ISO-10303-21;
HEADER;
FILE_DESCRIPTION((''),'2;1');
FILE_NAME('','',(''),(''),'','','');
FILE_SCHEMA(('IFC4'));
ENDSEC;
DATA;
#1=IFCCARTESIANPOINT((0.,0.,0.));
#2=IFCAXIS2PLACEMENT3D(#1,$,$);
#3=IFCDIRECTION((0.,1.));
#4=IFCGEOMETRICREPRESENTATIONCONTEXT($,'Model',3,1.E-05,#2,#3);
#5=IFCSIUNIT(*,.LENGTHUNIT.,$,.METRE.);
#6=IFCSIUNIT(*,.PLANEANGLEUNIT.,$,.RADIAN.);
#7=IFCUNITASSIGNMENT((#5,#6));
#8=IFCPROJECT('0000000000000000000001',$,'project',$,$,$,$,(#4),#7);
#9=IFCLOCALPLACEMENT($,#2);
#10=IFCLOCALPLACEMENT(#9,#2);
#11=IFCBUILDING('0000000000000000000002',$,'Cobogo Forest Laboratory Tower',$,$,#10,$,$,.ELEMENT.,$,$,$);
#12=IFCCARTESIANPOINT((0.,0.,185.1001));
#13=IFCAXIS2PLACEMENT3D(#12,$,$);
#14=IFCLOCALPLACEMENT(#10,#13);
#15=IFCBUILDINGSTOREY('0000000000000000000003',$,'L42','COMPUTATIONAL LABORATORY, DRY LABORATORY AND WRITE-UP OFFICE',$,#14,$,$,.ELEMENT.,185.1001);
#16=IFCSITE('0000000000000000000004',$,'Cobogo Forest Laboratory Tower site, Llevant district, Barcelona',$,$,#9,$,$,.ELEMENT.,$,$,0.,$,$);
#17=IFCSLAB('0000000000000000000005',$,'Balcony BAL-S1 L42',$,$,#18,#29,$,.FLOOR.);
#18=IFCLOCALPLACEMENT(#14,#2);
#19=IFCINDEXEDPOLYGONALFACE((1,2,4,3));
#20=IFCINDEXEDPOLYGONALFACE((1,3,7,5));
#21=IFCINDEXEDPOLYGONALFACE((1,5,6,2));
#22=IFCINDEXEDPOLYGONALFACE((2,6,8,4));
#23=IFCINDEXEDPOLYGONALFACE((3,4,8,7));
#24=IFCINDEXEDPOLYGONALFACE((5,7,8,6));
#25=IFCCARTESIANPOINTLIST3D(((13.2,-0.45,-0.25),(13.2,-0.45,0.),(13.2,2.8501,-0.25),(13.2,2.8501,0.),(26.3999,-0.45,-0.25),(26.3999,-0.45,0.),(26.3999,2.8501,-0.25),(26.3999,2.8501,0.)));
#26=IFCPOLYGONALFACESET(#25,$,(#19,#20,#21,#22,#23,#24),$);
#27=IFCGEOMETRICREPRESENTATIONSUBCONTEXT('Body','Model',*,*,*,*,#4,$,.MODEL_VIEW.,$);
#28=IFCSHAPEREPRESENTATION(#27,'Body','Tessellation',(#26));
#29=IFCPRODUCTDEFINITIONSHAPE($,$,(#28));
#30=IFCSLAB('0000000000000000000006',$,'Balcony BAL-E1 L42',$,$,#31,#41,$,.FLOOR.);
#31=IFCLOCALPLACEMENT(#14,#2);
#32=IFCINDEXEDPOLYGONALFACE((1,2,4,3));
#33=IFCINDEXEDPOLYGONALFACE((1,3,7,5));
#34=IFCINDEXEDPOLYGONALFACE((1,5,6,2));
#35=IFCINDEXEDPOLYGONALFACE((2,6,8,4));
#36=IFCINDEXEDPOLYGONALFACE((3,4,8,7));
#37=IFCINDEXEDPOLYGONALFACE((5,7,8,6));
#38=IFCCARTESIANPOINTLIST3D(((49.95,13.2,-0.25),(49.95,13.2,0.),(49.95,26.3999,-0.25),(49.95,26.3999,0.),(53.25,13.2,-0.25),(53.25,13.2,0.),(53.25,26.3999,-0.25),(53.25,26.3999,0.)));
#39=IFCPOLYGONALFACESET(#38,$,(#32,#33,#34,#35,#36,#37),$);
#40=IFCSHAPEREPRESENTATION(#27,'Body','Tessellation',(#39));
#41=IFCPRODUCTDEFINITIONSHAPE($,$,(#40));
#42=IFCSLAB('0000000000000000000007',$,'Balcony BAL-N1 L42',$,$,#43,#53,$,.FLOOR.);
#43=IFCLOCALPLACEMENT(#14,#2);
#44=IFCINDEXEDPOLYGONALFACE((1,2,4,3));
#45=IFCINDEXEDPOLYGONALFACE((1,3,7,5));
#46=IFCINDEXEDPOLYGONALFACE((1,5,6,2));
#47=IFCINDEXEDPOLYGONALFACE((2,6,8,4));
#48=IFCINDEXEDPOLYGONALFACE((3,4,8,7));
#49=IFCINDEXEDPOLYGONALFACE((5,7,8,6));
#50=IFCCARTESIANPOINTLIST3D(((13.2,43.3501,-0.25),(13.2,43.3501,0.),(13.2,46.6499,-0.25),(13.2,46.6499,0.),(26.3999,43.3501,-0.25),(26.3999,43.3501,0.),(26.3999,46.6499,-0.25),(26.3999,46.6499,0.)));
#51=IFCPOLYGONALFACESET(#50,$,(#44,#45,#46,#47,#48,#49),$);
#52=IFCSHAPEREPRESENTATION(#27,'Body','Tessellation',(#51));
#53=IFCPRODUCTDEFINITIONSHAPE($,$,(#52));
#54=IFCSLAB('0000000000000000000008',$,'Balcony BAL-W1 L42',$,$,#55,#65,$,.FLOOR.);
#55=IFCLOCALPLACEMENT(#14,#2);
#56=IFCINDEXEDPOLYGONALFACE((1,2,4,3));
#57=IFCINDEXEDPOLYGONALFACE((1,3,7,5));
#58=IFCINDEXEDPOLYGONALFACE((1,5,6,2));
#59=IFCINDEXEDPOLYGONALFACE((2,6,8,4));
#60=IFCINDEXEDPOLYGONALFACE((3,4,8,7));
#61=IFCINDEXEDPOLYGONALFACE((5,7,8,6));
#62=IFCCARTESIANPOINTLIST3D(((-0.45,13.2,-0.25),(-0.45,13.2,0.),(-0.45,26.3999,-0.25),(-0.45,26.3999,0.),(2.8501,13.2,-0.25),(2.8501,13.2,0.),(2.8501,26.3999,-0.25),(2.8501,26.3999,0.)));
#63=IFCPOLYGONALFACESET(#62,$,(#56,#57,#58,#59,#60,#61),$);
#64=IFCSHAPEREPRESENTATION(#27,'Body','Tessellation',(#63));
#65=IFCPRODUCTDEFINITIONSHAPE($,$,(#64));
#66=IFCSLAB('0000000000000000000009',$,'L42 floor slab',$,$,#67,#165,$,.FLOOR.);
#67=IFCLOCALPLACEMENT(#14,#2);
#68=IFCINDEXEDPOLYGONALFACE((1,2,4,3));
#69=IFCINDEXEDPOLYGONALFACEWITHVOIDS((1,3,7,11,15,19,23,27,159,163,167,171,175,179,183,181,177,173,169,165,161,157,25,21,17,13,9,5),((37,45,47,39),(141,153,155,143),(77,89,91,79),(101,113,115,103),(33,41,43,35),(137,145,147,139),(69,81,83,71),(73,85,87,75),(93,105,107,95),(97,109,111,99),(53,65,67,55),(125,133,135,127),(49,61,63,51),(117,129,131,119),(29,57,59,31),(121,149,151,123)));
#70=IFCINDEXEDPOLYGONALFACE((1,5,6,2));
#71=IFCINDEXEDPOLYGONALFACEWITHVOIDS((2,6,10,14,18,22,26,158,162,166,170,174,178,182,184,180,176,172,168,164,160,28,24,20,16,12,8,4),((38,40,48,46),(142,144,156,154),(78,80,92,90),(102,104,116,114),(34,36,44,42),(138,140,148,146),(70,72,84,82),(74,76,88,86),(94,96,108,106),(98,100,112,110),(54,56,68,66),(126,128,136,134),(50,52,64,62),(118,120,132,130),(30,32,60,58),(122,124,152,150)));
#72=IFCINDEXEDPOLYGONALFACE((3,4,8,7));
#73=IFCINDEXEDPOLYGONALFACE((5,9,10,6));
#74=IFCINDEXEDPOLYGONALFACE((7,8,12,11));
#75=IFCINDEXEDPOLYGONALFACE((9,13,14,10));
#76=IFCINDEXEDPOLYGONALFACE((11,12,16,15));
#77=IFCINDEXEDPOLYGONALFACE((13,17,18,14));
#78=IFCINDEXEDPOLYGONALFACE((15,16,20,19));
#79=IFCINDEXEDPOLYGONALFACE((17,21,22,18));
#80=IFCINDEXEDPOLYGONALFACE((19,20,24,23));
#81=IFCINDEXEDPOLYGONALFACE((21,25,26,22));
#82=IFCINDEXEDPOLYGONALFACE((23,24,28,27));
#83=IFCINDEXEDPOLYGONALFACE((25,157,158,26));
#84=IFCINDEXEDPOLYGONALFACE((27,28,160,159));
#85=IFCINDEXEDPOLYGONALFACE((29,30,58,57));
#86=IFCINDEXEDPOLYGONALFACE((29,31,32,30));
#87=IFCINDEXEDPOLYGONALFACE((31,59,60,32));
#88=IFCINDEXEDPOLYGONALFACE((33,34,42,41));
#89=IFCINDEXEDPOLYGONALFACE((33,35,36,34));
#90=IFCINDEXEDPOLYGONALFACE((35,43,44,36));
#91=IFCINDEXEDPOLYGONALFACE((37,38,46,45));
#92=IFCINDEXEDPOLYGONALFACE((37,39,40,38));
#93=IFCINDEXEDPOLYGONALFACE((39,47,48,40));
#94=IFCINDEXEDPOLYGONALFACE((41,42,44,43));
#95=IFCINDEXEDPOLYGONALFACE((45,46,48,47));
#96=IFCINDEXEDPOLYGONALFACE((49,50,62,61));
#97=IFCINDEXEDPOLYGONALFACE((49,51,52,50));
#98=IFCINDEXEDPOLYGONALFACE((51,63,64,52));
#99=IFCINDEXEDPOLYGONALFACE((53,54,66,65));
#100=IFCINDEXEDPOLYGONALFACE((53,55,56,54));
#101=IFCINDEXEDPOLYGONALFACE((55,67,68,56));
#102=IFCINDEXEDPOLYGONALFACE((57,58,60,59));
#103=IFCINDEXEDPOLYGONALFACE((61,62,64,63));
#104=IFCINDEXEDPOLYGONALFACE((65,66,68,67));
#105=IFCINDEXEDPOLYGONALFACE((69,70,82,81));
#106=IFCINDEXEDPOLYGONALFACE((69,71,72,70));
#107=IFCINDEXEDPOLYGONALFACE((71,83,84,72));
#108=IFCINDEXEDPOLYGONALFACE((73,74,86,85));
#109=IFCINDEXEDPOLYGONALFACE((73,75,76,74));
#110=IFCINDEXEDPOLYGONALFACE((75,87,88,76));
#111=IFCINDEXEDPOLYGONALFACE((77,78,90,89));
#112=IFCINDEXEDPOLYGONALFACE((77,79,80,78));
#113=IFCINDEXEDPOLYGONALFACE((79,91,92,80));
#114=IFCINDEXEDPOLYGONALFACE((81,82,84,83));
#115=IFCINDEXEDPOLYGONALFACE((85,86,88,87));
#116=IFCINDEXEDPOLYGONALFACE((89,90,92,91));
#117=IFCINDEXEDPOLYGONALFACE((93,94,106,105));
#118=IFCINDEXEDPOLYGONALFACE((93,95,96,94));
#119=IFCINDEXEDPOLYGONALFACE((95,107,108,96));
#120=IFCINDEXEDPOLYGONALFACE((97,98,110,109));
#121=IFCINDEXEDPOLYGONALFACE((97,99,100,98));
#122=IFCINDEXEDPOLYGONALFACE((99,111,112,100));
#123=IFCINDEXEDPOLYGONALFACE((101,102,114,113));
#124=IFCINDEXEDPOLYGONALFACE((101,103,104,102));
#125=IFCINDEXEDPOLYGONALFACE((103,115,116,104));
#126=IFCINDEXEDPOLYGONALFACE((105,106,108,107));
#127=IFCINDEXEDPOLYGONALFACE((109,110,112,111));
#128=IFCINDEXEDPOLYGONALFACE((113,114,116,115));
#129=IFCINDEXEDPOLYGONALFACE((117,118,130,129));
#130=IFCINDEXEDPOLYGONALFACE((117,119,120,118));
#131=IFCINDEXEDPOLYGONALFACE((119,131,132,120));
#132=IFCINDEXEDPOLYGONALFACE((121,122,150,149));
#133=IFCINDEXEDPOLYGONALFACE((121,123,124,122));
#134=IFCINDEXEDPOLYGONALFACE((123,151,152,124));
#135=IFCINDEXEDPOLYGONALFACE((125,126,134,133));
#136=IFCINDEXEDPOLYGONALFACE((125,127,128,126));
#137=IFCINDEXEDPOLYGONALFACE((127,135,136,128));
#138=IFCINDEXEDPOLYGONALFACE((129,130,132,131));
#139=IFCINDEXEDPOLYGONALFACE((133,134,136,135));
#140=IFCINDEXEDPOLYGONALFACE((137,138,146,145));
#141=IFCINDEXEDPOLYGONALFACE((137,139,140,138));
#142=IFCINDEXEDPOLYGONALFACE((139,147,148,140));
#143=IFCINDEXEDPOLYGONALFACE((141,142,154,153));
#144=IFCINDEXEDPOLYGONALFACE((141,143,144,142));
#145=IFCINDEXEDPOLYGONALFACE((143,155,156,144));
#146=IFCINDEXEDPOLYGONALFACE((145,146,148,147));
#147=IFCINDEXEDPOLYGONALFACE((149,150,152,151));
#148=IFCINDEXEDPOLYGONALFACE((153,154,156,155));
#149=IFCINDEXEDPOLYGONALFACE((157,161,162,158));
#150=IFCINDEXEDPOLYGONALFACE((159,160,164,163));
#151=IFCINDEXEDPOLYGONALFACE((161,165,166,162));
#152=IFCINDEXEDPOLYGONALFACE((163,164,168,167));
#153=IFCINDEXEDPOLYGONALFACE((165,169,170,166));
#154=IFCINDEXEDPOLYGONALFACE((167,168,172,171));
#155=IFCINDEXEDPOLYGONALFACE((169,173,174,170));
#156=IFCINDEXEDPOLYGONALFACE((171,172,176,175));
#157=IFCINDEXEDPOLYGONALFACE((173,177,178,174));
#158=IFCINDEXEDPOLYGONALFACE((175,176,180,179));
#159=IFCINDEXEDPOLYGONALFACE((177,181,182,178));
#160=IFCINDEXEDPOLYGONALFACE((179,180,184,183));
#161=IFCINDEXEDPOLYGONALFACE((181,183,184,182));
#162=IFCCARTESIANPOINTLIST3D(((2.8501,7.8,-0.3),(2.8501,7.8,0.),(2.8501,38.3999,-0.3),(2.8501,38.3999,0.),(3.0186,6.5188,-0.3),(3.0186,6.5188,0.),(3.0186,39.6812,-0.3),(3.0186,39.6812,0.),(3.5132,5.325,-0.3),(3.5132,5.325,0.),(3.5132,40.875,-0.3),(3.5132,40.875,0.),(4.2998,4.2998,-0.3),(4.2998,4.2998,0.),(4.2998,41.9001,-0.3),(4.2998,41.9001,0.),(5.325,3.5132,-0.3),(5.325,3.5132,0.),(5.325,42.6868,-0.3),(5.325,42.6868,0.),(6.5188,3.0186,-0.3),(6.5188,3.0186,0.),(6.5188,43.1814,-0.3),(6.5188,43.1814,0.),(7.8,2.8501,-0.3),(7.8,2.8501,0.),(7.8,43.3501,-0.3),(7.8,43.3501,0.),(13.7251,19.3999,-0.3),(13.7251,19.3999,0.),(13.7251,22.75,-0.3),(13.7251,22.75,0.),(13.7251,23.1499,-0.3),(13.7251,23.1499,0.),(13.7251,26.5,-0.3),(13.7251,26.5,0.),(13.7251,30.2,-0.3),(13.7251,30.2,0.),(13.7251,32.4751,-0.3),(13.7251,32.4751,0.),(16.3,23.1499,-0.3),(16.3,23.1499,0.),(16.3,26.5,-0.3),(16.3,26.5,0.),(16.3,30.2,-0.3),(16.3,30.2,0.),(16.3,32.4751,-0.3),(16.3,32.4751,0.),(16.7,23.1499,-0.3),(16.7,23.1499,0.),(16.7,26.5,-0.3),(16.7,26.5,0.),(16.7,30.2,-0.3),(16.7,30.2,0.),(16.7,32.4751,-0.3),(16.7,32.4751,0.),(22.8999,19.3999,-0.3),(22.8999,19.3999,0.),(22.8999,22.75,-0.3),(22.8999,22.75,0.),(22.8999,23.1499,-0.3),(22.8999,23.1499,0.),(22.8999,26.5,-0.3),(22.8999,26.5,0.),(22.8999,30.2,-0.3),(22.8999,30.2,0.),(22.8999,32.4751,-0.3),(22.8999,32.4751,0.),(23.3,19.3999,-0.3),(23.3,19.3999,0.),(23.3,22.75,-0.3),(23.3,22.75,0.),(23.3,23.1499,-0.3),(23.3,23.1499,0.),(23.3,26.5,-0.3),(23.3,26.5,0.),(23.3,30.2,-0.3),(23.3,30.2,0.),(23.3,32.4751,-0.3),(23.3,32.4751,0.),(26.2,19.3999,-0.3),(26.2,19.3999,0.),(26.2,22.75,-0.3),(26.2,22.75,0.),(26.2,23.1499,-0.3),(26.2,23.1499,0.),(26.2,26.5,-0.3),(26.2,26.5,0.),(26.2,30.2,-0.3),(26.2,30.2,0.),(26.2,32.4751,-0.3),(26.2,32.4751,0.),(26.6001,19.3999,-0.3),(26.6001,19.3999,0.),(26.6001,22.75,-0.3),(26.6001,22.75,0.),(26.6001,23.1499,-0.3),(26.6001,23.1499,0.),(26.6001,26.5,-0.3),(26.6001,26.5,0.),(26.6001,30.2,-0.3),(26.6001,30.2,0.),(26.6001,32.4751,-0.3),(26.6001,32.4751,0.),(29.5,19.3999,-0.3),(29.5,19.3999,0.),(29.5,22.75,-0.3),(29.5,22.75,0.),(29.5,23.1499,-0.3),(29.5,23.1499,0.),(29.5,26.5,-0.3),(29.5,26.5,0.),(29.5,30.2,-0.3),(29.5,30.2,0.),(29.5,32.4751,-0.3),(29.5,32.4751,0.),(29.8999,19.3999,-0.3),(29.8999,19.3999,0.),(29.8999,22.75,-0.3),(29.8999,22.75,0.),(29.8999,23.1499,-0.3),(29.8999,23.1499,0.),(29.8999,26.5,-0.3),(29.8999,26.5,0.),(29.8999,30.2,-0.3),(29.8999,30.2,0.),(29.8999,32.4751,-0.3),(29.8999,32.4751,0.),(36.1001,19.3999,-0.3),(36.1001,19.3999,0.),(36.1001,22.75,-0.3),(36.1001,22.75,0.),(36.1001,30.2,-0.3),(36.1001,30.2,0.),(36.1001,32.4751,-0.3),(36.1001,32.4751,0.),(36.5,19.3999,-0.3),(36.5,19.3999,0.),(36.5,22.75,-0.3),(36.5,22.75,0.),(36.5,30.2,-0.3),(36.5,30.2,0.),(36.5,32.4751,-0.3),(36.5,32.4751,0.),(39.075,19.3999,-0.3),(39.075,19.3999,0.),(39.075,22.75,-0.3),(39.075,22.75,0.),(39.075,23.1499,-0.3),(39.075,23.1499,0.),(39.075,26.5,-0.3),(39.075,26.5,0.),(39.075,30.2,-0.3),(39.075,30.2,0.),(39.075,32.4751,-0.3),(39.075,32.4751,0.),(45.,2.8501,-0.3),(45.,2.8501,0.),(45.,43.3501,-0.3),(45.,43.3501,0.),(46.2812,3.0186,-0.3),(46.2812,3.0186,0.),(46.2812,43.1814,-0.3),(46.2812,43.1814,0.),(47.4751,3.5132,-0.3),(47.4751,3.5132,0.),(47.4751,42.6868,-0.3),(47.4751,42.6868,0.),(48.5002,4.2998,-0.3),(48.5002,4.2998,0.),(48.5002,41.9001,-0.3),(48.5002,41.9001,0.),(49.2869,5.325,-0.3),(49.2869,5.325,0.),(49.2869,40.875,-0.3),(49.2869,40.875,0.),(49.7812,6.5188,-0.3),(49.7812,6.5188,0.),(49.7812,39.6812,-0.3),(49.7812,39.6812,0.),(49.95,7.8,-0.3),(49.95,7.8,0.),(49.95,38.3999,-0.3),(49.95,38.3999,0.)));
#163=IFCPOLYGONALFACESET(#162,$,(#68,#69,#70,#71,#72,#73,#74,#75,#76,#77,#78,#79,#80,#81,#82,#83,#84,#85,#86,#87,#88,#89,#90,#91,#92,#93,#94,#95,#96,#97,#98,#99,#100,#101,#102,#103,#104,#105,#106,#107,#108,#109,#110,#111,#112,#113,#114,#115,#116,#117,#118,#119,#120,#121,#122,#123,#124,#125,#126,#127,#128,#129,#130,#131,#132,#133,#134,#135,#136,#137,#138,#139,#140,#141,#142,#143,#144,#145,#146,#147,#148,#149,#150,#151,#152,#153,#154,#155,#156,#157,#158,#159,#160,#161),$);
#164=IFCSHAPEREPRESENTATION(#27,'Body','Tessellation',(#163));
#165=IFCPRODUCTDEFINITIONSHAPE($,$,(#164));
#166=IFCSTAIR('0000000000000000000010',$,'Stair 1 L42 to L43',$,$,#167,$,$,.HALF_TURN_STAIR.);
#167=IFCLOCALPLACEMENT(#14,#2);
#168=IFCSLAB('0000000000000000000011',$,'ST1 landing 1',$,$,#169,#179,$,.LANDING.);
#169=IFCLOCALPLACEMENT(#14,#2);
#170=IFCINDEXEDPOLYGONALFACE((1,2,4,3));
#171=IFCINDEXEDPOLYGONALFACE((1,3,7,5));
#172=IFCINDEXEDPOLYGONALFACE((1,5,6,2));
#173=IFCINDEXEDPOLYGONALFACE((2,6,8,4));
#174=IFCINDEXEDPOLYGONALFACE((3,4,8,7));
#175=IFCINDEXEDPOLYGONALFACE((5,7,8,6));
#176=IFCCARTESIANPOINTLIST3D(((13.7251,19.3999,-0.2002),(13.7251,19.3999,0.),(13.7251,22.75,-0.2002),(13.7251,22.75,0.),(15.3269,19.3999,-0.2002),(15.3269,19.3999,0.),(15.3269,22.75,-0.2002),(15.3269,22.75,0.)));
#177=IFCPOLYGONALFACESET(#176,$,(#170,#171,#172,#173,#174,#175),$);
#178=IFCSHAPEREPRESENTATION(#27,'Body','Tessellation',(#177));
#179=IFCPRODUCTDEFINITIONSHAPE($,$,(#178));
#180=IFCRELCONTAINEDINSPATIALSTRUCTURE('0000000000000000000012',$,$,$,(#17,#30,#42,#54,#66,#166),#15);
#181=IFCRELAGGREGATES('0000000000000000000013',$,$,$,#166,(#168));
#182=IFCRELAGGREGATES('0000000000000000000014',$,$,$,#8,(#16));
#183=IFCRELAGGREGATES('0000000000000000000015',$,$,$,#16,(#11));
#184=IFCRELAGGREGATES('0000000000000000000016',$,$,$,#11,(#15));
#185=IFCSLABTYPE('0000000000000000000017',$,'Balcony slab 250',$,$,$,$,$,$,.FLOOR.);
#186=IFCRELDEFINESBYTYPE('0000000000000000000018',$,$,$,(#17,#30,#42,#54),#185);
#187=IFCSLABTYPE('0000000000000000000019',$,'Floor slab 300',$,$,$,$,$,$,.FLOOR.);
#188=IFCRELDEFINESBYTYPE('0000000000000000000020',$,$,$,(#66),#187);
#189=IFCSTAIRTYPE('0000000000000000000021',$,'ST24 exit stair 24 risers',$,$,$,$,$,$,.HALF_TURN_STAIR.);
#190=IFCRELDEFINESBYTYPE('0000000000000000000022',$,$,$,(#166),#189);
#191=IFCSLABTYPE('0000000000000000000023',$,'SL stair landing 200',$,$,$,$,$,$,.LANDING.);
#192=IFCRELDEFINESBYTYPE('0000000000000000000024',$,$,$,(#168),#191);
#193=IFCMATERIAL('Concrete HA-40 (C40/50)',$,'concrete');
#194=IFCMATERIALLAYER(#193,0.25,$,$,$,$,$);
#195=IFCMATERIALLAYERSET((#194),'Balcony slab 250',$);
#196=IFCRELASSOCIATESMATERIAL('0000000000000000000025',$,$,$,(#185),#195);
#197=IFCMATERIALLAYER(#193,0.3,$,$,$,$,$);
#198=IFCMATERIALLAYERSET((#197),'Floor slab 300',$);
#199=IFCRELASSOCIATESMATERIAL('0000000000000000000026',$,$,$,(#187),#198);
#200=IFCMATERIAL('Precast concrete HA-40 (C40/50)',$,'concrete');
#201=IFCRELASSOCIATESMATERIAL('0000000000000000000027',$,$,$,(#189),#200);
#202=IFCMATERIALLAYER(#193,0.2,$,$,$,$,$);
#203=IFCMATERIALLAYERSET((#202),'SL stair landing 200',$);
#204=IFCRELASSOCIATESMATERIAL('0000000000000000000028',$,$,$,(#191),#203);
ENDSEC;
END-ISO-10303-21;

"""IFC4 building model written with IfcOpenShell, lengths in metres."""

from ifc_helpers import new_model, si_unit, direction, frame, origin, place, context, subcontext, project, spatial, polyline, outline, extrude, material, layer, layer_set, type_object, element, aggregate, save


model = new_model("IFC4")

# Units and contexts
model_context = context("Model", 3, precision=1e-05, world=origin(), true_north=direction((0.0, 1.0)))
body_context = subcontext(model_context, "Body", "Model", "MODEL_VIEW")
ifc_project = project(units=[si_unit("LENGTHUNIT", "METRE"), si_unit("PLANEANGLEUNIT", "RADIAN")], contexts=[model_context])

# Site, building, storey
site_placement = place(None, origin())
site = spatial("IfcSite", under=ifc_project, at=site_placement, Name="Cobogo Forest Laboratory Tower site, Llevant district, Barcelona", CompositionType="ELEMENT", RefElevation=0.0)
building_placement = place(site_placement, origin())
building = spatial("IfcBuilding", under=site, at=building_placement, Name="Cobogo Forest Laboratory Tower", CompositionType="ELEMENT")
storey_placement = place(building_placement, frame((0.0, 0.0, 185.1001)))
storey = spatial("IfcBuildingStorey", under=building, at=storey_placement, Name="L42", Description="COMPUTATIONAL LABORATORY, DRY LABORATORY AND WRITE-UP OFFICE", CompositionType="ELEMENT", Elevation=185.1001)

# Slabs
ifc_material_1 = material(Name="Concrete HA-40 (C40/50)", Category="concrete")
ifc_layer_1 = layer(ifc_material_1, 0.25)
ifc_layer_set_1 = layer_set([ifc_layer_1], Name="Balcony slab 250")
slab_type_1 = type_object("IfcSlabType", Name="Balcony slab 250", PredefinedType="FLOOR", material=ifc_layer_set_1)
slab_1_placement = place(storey_placement, frame((0.0, 0.0, -0.25)))
element("IfcSlab", 1, at=slab_1_placement, inside=storey, type_object=slab_type_1, Name="Balcony BAL-S1 L42", PredefinedType="FLOOR", context=body_context, shape_type="SweptSolid", body=[
    extrude(outline(polyline([(13.2, -0.45), (26.3999, -0.45), (26.3999, 2.8501), (13.2, 2.8501), (13.2, -0.45)])), origin(), (0.0, 0.0, 1.0), 0.25),
])
slab_2_placement = place(storey_placement, frame((0.0, 0.0, -0.25)))
element("IfcSlab", 2, at=slab_2_placement, inside=storey, type_object=slab_type_1, Name="Balcony BAL-E1 L42", PredefinedType="FLOOR", context=body_context, shape_type="SweptSolid", body=[
    extrude(outline(polyline([(49.95, 13.2), (53.25, 13.2), (53.25, 26.3999), (49.95, 26.3999), (49.95, 13.2)])), origin(), (0.0, 0.0, 1.0), 0.25),
])
slab_3_placement = place(storey_placement, frame((0.0, 0.0, -0.25)))
element("IfcSlab", 3, at=slab_3_placement, inside=storey, type_object=slab_type_1, Name="Balcony BAL-N1 L42", PredefinedType="FLOOR", context=body_context, shape_type="SweptSolid", body=[
    extrude(outline(polyline([(13.2, 43.3501), (26.3999, 43.3501), (26.3999, 46.6499), (13.2, 46.6499), (13.2, 43.3501)])), origin(), (0.0, 0.0, 1.0), 0.25),
])
slab_4_placement = place(storey_placement, frame((0.0, 0.0, -0.25)))
element("IfcSlab", 4, at=slab_4_placement, inside=storey, type_object=slab_type_1, Name="Balcony BAL-W1 L42", PredefinedType="FLOOR", context=body_context, shape_type="SweptSolid", body=[
    extrude(outline(polyline([(-0.45, 13.2), (2.8501, 13.2), (2.8501, 26.3999), (-0.45, 26.3999), (-0.45, 13.2)])), origin(), (0.0, 0.0, 1.0), 0.25),
])
ifc_layer_2 = layer(ifc_material_1, 0.3)
ifc_layer_set_2 = layer_set([ifc_layer_2], Name="Floor slab 300")
slab_type_2 = type_object("IfcSlabType", Name="Floor slab 300", PredefinedType="FLOOR", material=ifc_layer_set_2)
slab_5_placement = place(storey_placement, frame((0.0, 0.0, -0.3)))
element("IfcSlab", 5, at=slab_5_placement, inside=storey, type_object=slab_type_2, Name="L42 floor slab", PredefinedType="FLOOR", context=body_context, shape_type="SweptSolid", body=[
    extrude(outline(polyline([(45.0, 2.8501), (46.2812, 3.0186), (47.4751, 3.5132), (48.5002, 4.2998), (49.2869, 5.325), (49.7812, 6.5188), (49.95, 7.8), (49.95, 38.3999), (49.7812, 39.6812), (49.2869, 40.875), (48.5002, 41.9001), (47.4751, 42.6868), (46.2812, 43.1814), (45.0, 43.3501), (7.8, 43.3501), (6.5188, 43.1814), (5.325, 42.6868), (4.2998, 41.9001), (3.5132, 40.875), (3.0186, 39.6812), (2.8501, 38.3999), (2.8501, 7.8), (3.0186, 6.5188), (3.5132, 5.325), (4.2998, 4.2998), (5.325, 3.5132), (6.5188, 3.0186), (7.8, 2.8501), (45.0, 2.8501)]), holes=[polyline([(22.8999, 19.3999), (13.7251, 19.3999), (13.7251, 22.75), (22.8999, 22.75), (22.8999, 19.3999)]), polyline([(26.2, 19.3999), (23.3, 19.3999), (23.3, 22.75), (26.2, 22.75), (26.2, 19.3999)]), polyline([(29.5, 19.3999), (26.6001, 19.3999), (26.6001, 22.75), (29.5, 22.75), (29.5, 19.3999)]), polyline([(36.1001, 22.75), (36.1001, 19.3999), (29.8999, 19.3999), (29.8999, 22.75), (36.1001, 22.75)]), polyline([(36.5, 19.3999), (36.5, 22.75), (39.075, 22.75), (39.075, 19.3999), (36.5, 19.3999)]), polyline([(16.3, 23.1499), (13.7251, 23.1499), (13.7251, 26.5), (16.3, 26.5), (16.3, 23.1499)]), polyline([(22.8999, 26.5), (22.8999, 23.1499), (16.7, 23.1499), (16.7, 26.5), (22.8999, 26.5)]), polyline([(26.2, 23.1499), (23.3, 23.1499), (23.3, 26.5), (26.2, 26.5), (26.2, 23.1499)]), polyline([(26.6001, 23.1499), (26.6001, 26.5), (29.5, 26.5), (29.5, 23.1499), (26.6001, 23.1499)]), polyline([(39.075, 23.1499), (29.8999, 23.1499), (29.8999, 26.5), (39.075, 26.5), (39.075, 23.1499)]), polyline([(16.3, 30.2), (13.7251, 30.2), (13.7251, 32.4751), (16.3, 32.4751), (16.3, 30.2)]), polyline([(22.8999, 32.4751), (22.8999, 30.2), (16.7, 30.2), (16.7, 32.4751), (22.8999, 32.4751)]), polyline([(23.3, 30.2), (23.3, 32.4751), (26.2, 32.4751), (26.2, 30.2), (23.3, 30.2)]), polyline([(29.5, 30.2), (26.6001, 30.2), (26.6001, 32.4751), (29.5, 32.4751), (29.5, 30.2)]), polyline([(36.1001, 32.4751), (36.1001, 30.2), (29.8999, 30.2), (29.8999, 32.4751), (36.1001, 32.4751)]), polyline([(36.5, 30.2), (36.5, 32.4751), (39.075, 32.4751), (39.075, 30.2), (36.5, 30.2)])]), origin(), (0.0, 0.0, 1.0), 0.3),
])

# Stair, slab
ifc_material_2 = material(Name="Precast concrete HA-40 (C40/50)", Category="concrete")
stair_type = type_object("IfcStairType", Name="ST24 exit stair 24 risers", PredefinedType="HALF_TURN_STAIR", material=ifc_material_2)
stair_1_placement = place(storey_placement, origin())
stair_1 = element("IfcStair", 6, at=stair_1_placement, inside=storey, type_object=stair_type, Name="Stair 1 L42 to L43", PredefinedType="HALF_TURN_STAIR")
ifc_layer_3 = layer(ifc_material_1, 0.2)
ifc_layer_set_3 = layer_set([ifc_layer_3], Name="SL stair landing 200")
slab_type_3 = type_object("IfcSlabType", Name="SL stair landing 200", PredefinedType="LANDING", material=ifc_layer_set_3)
slab_6_placement = place(storey_placement, frame((0.0, 0.0, -0.2002)))
slab_6 = element("IfcSlab", 7, at=slab_6_placement, type_object=slab_type_3, Name="ST1 landing 1", PredefinedType="LANDING", context=body_context, shape_type="SweptSolid", body=[
    extrude(outline(polyline([(13.7251, 19.3999), (15.3269, 19.3999), (15.3269, 22.75), (13.7251, 22.75), (13.7251, 19.3999)])), origin(), (0.0, 0.0, 1.0), 0.2002),
])
aggregate(stair_1, [slab_6])

save(model, "model.ifc")
